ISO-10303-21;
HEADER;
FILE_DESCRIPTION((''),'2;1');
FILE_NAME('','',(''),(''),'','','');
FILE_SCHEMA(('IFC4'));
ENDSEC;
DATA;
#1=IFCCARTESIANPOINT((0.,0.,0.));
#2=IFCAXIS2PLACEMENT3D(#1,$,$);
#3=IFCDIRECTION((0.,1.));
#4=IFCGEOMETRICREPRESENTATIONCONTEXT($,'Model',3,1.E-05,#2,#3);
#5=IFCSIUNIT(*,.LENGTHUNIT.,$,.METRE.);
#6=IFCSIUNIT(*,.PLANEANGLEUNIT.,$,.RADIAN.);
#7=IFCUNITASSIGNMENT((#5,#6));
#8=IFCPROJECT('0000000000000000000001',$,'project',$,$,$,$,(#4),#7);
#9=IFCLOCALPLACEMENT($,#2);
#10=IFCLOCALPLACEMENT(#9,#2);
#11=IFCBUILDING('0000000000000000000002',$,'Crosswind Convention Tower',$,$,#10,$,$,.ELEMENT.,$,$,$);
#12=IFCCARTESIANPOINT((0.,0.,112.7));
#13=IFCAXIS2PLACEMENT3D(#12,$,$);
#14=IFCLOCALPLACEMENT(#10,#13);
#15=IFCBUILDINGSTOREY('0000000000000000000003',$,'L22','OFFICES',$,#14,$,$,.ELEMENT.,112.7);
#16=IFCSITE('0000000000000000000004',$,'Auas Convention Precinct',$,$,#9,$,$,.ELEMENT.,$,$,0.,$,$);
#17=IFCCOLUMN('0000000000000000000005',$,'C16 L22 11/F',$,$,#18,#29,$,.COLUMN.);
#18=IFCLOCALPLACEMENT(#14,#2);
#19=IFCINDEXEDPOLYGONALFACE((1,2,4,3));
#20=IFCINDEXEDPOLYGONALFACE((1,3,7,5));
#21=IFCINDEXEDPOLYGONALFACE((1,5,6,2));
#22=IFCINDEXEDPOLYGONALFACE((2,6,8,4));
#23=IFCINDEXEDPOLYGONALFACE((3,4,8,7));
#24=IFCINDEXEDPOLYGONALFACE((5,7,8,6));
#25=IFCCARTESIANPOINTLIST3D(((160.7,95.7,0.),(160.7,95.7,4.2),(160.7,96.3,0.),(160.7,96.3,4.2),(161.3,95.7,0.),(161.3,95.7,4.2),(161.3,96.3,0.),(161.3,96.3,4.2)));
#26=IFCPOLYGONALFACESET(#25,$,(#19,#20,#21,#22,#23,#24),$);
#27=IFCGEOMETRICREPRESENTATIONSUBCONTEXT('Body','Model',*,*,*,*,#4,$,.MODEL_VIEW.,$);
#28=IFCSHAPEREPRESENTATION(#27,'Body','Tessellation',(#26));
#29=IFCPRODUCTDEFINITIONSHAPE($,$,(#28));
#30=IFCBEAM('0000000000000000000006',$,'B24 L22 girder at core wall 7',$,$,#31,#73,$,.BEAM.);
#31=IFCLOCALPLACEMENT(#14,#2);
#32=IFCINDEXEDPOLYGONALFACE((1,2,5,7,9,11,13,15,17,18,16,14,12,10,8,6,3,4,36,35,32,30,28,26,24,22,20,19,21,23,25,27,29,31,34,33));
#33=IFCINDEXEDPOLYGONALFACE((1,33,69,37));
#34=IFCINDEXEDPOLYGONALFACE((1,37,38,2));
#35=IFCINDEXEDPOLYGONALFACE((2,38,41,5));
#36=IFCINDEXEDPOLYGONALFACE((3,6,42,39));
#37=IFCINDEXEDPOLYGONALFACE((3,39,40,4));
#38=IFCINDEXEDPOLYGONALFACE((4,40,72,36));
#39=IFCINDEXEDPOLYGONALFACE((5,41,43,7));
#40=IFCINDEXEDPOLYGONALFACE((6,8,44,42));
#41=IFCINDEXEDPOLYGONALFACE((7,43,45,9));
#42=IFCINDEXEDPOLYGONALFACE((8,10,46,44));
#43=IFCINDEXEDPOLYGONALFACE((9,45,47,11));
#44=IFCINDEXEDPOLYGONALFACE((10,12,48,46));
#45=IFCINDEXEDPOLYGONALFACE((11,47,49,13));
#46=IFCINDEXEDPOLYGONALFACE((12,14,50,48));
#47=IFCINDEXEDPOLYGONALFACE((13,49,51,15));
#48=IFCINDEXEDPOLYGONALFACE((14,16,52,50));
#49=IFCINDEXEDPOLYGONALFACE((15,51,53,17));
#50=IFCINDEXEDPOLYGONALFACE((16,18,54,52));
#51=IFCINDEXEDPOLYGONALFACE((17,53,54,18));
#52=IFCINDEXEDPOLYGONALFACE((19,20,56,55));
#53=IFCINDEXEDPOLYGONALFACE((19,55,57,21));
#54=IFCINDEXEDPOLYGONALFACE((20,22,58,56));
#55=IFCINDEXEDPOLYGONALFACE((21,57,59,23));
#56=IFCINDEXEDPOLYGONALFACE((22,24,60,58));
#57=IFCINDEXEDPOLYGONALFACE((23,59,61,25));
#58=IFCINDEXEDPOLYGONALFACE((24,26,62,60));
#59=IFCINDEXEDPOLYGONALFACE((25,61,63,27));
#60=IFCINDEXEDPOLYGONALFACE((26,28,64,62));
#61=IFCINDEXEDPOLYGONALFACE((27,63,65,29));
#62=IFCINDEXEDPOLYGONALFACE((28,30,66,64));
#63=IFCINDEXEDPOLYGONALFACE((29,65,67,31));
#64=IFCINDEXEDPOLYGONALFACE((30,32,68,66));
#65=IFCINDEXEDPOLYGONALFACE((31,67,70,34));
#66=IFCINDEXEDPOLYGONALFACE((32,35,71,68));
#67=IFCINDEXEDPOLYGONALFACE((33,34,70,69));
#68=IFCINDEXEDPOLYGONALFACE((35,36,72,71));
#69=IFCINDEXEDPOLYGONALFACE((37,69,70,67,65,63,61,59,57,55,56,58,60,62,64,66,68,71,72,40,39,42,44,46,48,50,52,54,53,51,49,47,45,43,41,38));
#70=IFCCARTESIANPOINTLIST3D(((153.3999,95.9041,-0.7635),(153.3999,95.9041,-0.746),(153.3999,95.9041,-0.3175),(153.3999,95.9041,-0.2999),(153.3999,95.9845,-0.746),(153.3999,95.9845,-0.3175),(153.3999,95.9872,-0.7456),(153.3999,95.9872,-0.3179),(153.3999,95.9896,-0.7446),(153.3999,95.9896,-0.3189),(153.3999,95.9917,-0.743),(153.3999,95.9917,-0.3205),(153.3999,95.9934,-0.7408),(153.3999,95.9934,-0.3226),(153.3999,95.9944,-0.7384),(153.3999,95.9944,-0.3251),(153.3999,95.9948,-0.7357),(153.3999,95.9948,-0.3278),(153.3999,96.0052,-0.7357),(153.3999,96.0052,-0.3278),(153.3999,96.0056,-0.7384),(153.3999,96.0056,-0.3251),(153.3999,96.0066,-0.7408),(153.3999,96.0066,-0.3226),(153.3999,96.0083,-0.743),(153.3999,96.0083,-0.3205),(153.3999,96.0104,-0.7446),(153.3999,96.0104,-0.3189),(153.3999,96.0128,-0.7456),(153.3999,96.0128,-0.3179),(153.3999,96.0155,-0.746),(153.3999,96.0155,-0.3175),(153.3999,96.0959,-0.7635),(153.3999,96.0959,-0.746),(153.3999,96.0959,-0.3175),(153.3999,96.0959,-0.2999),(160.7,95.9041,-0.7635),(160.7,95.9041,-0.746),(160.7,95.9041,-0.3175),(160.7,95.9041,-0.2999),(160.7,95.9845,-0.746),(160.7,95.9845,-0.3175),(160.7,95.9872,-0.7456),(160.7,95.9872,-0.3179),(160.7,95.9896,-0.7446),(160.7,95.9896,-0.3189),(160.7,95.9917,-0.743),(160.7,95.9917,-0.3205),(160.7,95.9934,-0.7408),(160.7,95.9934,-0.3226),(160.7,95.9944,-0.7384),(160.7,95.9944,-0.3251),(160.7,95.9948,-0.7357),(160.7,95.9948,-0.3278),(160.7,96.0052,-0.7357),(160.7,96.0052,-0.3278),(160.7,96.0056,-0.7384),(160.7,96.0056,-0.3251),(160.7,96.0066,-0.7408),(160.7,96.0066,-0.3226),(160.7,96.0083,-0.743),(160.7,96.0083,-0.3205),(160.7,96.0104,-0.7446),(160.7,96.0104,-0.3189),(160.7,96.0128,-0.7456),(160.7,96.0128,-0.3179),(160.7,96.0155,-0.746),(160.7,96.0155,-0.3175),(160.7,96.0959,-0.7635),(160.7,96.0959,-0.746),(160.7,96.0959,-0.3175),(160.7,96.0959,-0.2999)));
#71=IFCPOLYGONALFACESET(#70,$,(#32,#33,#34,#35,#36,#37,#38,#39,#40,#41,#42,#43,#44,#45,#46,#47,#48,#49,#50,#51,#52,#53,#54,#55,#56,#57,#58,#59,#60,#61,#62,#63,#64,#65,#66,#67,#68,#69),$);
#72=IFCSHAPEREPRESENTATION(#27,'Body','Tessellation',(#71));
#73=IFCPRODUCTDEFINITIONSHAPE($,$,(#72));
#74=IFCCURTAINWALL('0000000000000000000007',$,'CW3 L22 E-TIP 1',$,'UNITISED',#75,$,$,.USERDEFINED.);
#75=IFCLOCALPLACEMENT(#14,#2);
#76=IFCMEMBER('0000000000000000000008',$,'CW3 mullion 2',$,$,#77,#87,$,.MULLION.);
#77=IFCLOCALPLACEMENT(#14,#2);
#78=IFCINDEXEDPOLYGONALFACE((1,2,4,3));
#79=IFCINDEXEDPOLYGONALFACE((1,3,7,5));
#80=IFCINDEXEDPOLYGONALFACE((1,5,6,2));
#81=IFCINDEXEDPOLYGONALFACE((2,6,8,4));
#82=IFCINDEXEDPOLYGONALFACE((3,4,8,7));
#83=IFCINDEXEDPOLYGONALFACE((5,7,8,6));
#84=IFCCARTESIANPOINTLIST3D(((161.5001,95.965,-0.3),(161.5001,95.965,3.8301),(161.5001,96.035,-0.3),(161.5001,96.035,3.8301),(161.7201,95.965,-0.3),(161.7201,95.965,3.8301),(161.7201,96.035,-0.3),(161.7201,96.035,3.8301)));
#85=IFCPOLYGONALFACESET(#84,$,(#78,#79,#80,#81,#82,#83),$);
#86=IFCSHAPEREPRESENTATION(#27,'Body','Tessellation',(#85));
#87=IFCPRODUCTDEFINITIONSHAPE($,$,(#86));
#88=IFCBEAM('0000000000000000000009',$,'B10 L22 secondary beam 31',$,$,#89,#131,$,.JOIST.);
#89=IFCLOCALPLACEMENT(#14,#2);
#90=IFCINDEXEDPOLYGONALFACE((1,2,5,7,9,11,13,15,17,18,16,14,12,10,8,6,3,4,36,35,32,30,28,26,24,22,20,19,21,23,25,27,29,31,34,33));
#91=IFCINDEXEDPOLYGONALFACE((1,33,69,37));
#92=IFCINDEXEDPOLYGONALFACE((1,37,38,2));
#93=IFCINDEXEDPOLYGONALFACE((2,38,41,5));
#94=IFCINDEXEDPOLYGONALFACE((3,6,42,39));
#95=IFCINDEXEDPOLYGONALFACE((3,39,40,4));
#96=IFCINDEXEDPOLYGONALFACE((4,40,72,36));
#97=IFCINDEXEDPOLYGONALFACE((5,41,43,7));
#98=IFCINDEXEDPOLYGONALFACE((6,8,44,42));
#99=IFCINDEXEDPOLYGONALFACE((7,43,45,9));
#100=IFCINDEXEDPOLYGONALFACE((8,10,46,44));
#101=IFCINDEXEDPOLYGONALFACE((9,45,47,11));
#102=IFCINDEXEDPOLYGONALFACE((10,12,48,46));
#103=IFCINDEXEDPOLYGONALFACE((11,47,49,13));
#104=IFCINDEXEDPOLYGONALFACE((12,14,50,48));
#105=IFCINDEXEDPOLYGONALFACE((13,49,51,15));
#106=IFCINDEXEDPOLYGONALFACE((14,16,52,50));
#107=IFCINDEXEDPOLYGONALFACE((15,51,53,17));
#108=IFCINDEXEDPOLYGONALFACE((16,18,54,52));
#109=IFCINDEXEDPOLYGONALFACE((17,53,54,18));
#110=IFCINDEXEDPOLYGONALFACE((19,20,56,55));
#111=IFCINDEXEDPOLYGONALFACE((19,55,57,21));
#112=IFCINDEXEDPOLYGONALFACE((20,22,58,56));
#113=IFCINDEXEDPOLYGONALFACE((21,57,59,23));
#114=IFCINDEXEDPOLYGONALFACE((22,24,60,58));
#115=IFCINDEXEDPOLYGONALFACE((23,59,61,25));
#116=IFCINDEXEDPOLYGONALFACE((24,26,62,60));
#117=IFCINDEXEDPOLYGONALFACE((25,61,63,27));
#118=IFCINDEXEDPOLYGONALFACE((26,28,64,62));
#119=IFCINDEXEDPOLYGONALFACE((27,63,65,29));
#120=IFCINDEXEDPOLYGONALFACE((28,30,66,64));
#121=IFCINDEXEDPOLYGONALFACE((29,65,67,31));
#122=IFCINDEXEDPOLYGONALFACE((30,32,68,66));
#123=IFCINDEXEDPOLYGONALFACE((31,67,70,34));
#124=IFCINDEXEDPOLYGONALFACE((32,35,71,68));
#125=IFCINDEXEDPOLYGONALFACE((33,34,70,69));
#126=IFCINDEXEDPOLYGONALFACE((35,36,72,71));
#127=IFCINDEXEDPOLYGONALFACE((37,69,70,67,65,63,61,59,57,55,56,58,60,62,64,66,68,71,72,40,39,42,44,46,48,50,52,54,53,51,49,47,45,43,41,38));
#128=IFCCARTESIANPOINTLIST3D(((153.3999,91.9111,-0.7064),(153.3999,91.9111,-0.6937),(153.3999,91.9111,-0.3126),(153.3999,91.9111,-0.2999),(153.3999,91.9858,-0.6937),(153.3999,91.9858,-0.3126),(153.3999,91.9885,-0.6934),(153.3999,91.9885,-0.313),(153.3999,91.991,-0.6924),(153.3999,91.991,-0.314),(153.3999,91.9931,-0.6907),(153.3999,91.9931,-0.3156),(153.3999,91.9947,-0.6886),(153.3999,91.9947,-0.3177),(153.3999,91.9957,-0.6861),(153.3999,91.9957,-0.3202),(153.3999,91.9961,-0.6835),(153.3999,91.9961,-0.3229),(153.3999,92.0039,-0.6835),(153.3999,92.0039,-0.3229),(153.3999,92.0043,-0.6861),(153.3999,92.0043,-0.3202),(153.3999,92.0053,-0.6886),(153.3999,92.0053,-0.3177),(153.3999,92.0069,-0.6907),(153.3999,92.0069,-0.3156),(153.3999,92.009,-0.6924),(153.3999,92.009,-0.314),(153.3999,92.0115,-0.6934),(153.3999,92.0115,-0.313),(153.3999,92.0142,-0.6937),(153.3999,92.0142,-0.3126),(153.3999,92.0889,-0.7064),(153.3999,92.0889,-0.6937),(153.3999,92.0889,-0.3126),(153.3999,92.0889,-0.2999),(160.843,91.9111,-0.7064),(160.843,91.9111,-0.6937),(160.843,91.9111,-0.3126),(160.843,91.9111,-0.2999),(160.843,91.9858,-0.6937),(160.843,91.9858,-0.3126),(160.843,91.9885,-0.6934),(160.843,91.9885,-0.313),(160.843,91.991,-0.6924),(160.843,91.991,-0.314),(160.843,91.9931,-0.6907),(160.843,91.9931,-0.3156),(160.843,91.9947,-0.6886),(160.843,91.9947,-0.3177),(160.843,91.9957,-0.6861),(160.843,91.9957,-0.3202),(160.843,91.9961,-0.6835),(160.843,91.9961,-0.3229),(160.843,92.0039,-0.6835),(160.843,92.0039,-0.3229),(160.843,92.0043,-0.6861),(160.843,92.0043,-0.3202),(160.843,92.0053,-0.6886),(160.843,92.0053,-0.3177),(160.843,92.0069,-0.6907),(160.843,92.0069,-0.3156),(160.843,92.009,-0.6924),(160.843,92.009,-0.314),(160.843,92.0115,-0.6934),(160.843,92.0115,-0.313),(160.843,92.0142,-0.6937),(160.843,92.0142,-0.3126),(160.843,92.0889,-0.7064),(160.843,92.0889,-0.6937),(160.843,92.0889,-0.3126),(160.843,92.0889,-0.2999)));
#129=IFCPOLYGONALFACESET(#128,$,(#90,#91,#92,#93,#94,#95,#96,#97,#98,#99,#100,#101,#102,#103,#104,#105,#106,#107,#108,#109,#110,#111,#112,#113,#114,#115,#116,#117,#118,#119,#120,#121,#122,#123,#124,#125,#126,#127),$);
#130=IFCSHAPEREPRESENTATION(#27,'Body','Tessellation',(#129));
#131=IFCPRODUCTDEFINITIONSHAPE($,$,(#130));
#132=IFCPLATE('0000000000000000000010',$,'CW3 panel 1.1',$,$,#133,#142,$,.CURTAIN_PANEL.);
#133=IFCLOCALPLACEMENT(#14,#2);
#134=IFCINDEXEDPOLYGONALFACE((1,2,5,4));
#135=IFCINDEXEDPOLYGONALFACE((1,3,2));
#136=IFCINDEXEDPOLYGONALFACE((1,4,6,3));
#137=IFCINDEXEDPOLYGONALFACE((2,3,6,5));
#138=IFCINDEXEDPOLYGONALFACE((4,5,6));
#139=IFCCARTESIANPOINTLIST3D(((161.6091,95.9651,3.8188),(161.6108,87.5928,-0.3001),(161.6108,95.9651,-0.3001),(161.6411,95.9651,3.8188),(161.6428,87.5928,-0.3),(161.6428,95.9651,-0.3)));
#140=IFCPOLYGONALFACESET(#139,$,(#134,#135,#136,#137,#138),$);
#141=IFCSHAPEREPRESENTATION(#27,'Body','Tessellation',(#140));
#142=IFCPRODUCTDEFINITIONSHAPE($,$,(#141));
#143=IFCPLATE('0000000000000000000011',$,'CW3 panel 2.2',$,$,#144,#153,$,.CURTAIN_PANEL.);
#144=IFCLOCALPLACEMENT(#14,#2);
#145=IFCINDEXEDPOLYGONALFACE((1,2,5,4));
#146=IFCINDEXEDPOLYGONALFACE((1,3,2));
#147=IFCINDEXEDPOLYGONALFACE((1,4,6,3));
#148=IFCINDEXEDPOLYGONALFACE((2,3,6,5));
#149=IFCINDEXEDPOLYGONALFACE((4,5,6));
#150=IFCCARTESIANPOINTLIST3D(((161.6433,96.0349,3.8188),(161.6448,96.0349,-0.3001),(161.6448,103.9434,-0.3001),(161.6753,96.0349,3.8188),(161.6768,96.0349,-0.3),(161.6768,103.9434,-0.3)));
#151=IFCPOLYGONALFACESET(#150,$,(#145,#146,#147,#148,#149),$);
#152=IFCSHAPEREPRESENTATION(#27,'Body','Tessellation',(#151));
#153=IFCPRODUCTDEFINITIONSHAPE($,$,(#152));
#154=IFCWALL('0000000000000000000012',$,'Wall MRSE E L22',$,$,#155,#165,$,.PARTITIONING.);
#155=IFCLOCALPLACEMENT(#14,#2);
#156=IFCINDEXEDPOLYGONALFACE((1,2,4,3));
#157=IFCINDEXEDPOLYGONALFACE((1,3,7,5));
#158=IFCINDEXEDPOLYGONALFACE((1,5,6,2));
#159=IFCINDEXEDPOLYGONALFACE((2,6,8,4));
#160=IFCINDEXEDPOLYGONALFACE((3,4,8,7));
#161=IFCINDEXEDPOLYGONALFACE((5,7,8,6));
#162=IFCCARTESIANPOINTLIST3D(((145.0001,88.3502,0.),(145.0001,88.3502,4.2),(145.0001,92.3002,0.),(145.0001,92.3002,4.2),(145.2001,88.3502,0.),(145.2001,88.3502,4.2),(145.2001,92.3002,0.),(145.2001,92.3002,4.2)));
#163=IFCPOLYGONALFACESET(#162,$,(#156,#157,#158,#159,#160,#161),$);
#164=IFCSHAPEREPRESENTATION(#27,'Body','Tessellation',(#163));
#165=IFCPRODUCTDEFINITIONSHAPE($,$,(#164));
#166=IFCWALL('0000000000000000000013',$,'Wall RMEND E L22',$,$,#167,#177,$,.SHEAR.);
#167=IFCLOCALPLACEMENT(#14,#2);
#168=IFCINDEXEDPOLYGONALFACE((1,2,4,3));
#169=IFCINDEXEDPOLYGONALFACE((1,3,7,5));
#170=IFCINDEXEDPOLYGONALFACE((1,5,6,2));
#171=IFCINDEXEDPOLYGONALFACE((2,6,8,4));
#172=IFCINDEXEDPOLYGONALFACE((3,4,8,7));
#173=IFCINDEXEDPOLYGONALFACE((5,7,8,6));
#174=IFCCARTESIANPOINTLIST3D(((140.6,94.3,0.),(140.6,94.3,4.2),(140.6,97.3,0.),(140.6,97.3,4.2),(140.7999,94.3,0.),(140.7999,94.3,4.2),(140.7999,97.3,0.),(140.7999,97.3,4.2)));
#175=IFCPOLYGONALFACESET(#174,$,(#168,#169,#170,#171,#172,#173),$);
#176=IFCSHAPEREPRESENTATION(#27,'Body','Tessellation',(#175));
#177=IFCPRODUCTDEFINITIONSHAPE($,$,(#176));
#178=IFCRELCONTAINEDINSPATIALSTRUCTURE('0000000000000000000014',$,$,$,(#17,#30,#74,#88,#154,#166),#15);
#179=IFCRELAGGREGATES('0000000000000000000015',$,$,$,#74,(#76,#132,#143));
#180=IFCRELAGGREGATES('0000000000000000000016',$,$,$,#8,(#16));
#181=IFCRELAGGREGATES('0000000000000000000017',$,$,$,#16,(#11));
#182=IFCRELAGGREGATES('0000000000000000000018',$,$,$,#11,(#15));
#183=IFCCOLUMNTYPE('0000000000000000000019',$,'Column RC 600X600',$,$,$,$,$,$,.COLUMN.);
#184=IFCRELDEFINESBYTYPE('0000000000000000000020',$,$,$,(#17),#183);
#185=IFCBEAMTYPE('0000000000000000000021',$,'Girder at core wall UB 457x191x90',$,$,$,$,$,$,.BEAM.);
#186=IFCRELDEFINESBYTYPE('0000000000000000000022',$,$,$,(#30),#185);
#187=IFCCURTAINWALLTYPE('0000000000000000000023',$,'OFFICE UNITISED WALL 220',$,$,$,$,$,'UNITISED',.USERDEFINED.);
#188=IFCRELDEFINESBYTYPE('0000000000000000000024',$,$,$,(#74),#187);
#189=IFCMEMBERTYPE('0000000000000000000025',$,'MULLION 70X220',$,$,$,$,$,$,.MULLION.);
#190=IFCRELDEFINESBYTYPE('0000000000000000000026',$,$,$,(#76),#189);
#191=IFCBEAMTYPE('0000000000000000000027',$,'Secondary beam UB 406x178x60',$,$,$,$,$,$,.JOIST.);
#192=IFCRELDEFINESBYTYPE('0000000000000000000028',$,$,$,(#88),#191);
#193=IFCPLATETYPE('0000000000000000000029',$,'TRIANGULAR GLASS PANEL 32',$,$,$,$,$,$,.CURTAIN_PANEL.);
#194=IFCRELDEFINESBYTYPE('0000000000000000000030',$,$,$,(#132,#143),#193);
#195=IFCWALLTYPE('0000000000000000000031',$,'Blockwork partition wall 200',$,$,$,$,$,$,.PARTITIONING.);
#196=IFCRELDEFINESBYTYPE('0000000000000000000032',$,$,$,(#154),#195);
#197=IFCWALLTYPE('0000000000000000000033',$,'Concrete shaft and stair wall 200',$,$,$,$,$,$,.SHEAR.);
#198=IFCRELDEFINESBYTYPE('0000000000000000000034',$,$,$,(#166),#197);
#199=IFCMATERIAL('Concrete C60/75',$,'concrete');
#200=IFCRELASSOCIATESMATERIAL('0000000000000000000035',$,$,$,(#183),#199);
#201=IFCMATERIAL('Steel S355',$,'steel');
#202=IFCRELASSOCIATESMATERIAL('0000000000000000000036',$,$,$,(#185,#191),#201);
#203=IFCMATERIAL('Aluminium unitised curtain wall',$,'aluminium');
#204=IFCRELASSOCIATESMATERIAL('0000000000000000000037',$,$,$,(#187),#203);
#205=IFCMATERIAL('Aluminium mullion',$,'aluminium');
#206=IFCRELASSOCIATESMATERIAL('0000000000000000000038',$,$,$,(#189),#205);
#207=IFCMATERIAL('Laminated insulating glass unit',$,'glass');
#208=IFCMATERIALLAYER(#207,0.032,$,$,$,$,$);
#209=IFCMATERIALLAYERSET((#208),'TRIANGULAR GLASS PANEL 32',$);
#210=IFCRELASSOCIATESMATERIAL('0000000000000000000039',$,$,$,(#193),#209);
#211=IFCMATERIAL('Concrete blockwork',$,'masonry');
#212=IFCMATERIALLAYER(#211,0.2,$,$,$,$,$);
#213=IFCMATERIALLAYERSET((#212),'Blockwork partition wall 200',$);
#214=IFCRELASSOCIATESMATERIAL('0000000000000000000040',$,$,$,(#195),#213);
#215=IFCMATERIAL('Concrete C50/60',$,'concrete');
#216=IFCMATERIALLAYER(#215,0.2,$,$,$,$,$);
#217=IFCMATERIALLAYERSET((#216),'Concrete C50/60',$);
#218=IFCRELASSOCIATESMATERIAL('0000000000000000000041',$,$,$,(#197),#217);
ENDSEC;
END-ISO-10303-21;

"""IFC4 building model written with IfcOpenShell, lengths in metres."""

from ifc_helpers import new_model, si_unit, direction, frame, frame_2d, origin, origin_2d, place, context, subcontext, project, spatial, polyline, rectangle, i_section, outline, extrude, material, layer, layer_set, material_profile, profile_set, type_object, element, aggregate, save


model = new_model("IFC4")

# Units and contexts
model_context = context("Model", 3, precision=1e-05, world=origin(), true_north=direction((0.0, 1.0)))
body_context = subcontext(model_context, "Body", "Model", "MODEL_VIEW")
ifc_project = project(units=[si_unit("LENGTHUNIT", "METRE"), si_unit("PLANEANGLEUNIT", "RADIAN")], contexts=[model_context])

# Site, building, storey
site_placement = place(None, origin())
site = spatial("IfcSite", under=ifc_project, at=site_placement, Name="Auas Convention Precinct", CompositionType="ELEMENT", RefElevation=0.0)
building_placement = place(site_placement, origin())
building = spatial("IfcBuilding", under=site, at=building_placement, Name="Crosswind Convention Tower", CompositionType="ELEMENT")
storey_placement = place(building_placement, frame((0.0, 0.0, 112.7)))
storey = spatial("IfcBuildingStorey", under=building, at=storey_placement, Name="L22", Description="OFFICES", CompositionType="ELEMENT", Elevation=112.7)

# Column
ifc_material_1 = material(Name="Concrete C60/75", Category="concrete")
ifc_material_profile_1 = material_profile(ifc_material_1, rectangle(XDim=0.6001, YDim=0.6001, at=origin_2d()), Name="RC 600X600")
ifc_profile_set_1 = profile_set([ifc_material_profile_1], Name="Concrete C60/75")
column_type = type_object("IfcColumnType", Name="Column RC 600X600", PredefinedType="COLUMN", material=ifc_profile_set_1)
column_placement = place(storey_placement, frame((161.0, 96.0, 0.0), z_axis=(0.0, 0.0, 1.0), x_axis=(1.0, 0.0, 0.0)))
element("IfcColumn", 1, at=column_placement, inside=storey, type_object=column_type, Name="C16 L22 11/F", PredefinedType="COLUMN", context=body_context, shape_type="SweptSolid", body=[
    extrude(rectangle(XDim=0.6001, YDim=0.6001, at=origin_2d()), origin(), (0.0, 0.0, 1.0), 4.2),
])

# Beam
ifc_material_2 = material(Name="Steel S355", Category="steel")
ifc_material_profile_2 = material_profile(ifc_material_2, i_section(OverallWidth=0.1919, OverallDepth=0.4636, WebThickness=0.0105, FlangeThickness=0.0176, FilletRadius=0.0103, at=origin_2d()), Name="UB 457x191x90")
ifc_profile_set_2 = profile_set([ifc_material_profile_2], Name="Steel S355")
beam_type_1 = type_object("IfcBeamType", Name="Girder at core wall UB 457x191x90", PredefinedType="BEAM", material=ifc_profile_set_2)
beam_1_placement = place(storey_placement, frame((153.3999, 96.0, -0.5317), z_axis=(1.0, 0.0, 0.0), x_axis=(0.0, 1.0, 0.0)))
element("IfcBeam", 2, at=beam_1_placement, inside=storey, type_object=beam_type_1, Name="B24 L22 girder at core wall 7", PredefinedType="BEAM", context=body_context, shape_type="SweptSolid", body=[
    extrude(i_section(OverallWidth=0.1919, OverallDepth=0.4636, WebThickness=0.0105, FlangeThickness=0.0176, FilletRadius=0.0103, at=origin_2d()), origin(), (0.0, 0.0, 1.0), 7.3),
])

# Curtain wall, member
ifc_material_3 = material(Name="Aluminium unitised curtain wall", Category="aluminium")
curtain_wall_type = type_object("IfcCurtainWallType", Name="OFFICE UNITISED WALL 220", ElementType="UNITISED", PredefinedType="USERDEFINED", material=ifc_material_3)
curtain_wall_placement = place(storey_placement, origin())
curtain_wall = element("IfcCurtainWall", 3, at=curtain_wall_placement, inside=storey, type_object=curtain_wall_type, Name="CW3 L22 E-TIP 1", ObjectType="UNITISED", PredefinedType="USERDEFINED")
ifc_material_4 = material(Name="Aluminium mullion", Category="aluminium")
ifc_material_profile_3 = material_profile(ifc_material_4, rectangle(XDim=0.22, YDim=0.0701, at=origin_2d()), Name="AL 220X70")
ifc_profile_set_3 = profile_set([ifc_material_profile_3], Name="Aluminium mullion")
member_type = type_object("IfcMemberType", Name="MULLION 70X220", PredefinedType="MULLION", material=ifc_profile_set_3)
member_placement = place(storey_placement, frame((161.6101, 96.0, -0.3), z_axis=(0.0, 0.0, 1.0), x_axis=(1.0, 0.0, 0.0)))
member = element("IfcMember", 4, at=member_placement, type_object=member_type, Name="CW3 mullion 2", PredefinedType="MULLION", context=body_context, shape_type="SweptSolid", body=[
    extrude(rectangle(XDim=0.22, YDim=0.0701, at=origin_2d()), origin(), (0.0, 0.0, 1.0), 4.1301),
])

# Beam
ifc_material_profile_4 = material_profile(ifc_material_2, i_section(OverallWidth=0.1777, OverallDepth=0.4065, WebThickness=0.0078, FlangeThickness=0.0127, FilletRadius=0.0103, at=origin_2d()), Name="UB 406x178x60")
ifc_profile_set_4 = profile_set([ifc_material_profile_4], Name="Steel S355")
beam_type_2 = type_object("IfcBeamType", Name="Secondary beam UB 406x178x60", PredefinedType="JOIST", material=ifc_profile_set_4)
beam_2_placement = place(storey_placement, frame((153.3999, 92.0, -0.5032), z_axis=(1.0, 0.0, 0.0), x_axis=(0.0, 1.0, 0.0)))
element("IfcBeam", 5, at=beam_2_placement, inside=storey, type_object=beam_type_2, Name="B10 L22 secondary beam 31", PredefinedType="JOIST", context=body_context, shape_type="SweptSolid", body=[
    extrude(i_section(OverallWidth=0.1777, OverallDepth=0.4065, WebThickness=0.0078, FlangeThickness=0.0127, FilletRadius=0.0103, at=origin_2d()), origin(), (0.0, 0.0, 1.0), 7.4431),
])

# Plates
ifc_material_5 = material(Name="Laminated insulating glass unit", Category="glass")
ifc_layer_1 = layer(ifc_material_5, 0.032)
ifc_layer_set_1 = layer_set([ifc_layer_1], Name="TRIANGULAR GLASS PANEL 32")
plate_type = type_object("IfcPlateType", Name="TRIANGULAR GLASS PANEL 32", PredefinedType="CURTAIN_PANEL", material=ifc_layer_set_1)
plate_1_placement = place(storey_placement, frame((161.6428, 95.9651, -0.3), z_axis=(1.0, 0.0, 0.000415), x_axis=(-0.000415, 0.0, 1.0)))
plate_1 = element("IfcPlate", 6, at=plate_1_placement, type_object=plate_type, Name="CW3 panel 1.1", PredefinedType="CURTAIN_PANEL", context=body_context, shape_type="SweptSolid", body=[
    extrude(outline(polyline([(0.0, 0.0), (4.1189, 0.0), (0.0, 8.3723), (0.0, 0.0)])), origin(), (0.0, 0.0, -1.0), 0.032),
])
plate_2_placement = place(storey_placement, frame((161.6768, 96.0349, -0.3), z_axis=(1.0, 0.0, 0.000356), x_axis=(0.0, 1.0, 0.0)))
plate_2 = element("IfcPlate", 7, at=plate_2_placement, type_object=plate_type, Name="CW3 panel 2.2", PredefinedType="CURTAIN_PANEL", context=body_context, shape_type="SweptSolid", body=[
    extrude(outline(polyline([(0.0, 0.0), (7.9084, 0.0), (0.0, 4.1189), (0.0, 0.0)])), origin(), (0.0, 0.0, -1.0), 0.032),
])
aggregate(curtain_wall, [member, plate_1, plate_2])

# Wall
ifc_material_6 = material(Name="Concrete blockwork", Category="masonry")
ifc_layer_2 = layer(ifc_material_6, 0.2)
ifc_layer_set_2 = layer_set([ifc_layer_2], Name="Blockwork partition wall 200")
wall_type_1 = type_object("IfcWallType", Name="Blockwork partition wall 200", PredefinedType="PARTITIONING", material=ifc_layer_set_2)
wall_1_placement = place(storey_placement, frame((145.1001, 88.3501, 0.0), z_axis=(0.0, 0.0, 1.0), x_axis=(0.0, 1.0, 0.0)))
element("IfcWall", 8, at=wall_1_placement, inside=storey, type_object=wall_type_1, Name="Wall MRSE E L22", PredefinedType="PARTITIONING", context=body_context, shape_type="SweptSolid", body=[
    extrude(rectangle(XDim=3.95, YDim=0.2, at=frame_2d((1.9751, 0.0))), origin(), (0.0, 0.0, 1.0), 4.2),
])

# Wall
ifc_material_7 = material(Name="Concrete C50/60", Category="concrete")
ifc_layer_3 = layer(ifc_material_7, 0.2)
ifc_layer_set_3 = layer_set([ifc_layer_3], Name="Concrete C50/60")
wall_type_2 = type_object("IfcWallType", Name="Concrete shaft and stair wall 200", PredefinedType="SHEAR", material=ifc_layer_set_3)
wall_2_placement = place(storey_placement, frame((140.7, 94.3, 0.0), z_axis=(0.0, 0.0, 1.0), x_axis=(0.0, 1.0, 0.0)))
element("IfcWall", 9, at=wall_2_placement, inside=storey, type_object=wall_type_2, Name="Wall RMEND E L22", PredefinedType="SHEAR", context=body_context, shape_type="SweptSolid", body=[
    extrude(rectangle(XDim=3.0, YDim=0.2, at=frame_2d((1.5, 0.0))), origin(), (0.0, 0.0, 1.0), 4.2),
])

save(model, "model.ifc")
